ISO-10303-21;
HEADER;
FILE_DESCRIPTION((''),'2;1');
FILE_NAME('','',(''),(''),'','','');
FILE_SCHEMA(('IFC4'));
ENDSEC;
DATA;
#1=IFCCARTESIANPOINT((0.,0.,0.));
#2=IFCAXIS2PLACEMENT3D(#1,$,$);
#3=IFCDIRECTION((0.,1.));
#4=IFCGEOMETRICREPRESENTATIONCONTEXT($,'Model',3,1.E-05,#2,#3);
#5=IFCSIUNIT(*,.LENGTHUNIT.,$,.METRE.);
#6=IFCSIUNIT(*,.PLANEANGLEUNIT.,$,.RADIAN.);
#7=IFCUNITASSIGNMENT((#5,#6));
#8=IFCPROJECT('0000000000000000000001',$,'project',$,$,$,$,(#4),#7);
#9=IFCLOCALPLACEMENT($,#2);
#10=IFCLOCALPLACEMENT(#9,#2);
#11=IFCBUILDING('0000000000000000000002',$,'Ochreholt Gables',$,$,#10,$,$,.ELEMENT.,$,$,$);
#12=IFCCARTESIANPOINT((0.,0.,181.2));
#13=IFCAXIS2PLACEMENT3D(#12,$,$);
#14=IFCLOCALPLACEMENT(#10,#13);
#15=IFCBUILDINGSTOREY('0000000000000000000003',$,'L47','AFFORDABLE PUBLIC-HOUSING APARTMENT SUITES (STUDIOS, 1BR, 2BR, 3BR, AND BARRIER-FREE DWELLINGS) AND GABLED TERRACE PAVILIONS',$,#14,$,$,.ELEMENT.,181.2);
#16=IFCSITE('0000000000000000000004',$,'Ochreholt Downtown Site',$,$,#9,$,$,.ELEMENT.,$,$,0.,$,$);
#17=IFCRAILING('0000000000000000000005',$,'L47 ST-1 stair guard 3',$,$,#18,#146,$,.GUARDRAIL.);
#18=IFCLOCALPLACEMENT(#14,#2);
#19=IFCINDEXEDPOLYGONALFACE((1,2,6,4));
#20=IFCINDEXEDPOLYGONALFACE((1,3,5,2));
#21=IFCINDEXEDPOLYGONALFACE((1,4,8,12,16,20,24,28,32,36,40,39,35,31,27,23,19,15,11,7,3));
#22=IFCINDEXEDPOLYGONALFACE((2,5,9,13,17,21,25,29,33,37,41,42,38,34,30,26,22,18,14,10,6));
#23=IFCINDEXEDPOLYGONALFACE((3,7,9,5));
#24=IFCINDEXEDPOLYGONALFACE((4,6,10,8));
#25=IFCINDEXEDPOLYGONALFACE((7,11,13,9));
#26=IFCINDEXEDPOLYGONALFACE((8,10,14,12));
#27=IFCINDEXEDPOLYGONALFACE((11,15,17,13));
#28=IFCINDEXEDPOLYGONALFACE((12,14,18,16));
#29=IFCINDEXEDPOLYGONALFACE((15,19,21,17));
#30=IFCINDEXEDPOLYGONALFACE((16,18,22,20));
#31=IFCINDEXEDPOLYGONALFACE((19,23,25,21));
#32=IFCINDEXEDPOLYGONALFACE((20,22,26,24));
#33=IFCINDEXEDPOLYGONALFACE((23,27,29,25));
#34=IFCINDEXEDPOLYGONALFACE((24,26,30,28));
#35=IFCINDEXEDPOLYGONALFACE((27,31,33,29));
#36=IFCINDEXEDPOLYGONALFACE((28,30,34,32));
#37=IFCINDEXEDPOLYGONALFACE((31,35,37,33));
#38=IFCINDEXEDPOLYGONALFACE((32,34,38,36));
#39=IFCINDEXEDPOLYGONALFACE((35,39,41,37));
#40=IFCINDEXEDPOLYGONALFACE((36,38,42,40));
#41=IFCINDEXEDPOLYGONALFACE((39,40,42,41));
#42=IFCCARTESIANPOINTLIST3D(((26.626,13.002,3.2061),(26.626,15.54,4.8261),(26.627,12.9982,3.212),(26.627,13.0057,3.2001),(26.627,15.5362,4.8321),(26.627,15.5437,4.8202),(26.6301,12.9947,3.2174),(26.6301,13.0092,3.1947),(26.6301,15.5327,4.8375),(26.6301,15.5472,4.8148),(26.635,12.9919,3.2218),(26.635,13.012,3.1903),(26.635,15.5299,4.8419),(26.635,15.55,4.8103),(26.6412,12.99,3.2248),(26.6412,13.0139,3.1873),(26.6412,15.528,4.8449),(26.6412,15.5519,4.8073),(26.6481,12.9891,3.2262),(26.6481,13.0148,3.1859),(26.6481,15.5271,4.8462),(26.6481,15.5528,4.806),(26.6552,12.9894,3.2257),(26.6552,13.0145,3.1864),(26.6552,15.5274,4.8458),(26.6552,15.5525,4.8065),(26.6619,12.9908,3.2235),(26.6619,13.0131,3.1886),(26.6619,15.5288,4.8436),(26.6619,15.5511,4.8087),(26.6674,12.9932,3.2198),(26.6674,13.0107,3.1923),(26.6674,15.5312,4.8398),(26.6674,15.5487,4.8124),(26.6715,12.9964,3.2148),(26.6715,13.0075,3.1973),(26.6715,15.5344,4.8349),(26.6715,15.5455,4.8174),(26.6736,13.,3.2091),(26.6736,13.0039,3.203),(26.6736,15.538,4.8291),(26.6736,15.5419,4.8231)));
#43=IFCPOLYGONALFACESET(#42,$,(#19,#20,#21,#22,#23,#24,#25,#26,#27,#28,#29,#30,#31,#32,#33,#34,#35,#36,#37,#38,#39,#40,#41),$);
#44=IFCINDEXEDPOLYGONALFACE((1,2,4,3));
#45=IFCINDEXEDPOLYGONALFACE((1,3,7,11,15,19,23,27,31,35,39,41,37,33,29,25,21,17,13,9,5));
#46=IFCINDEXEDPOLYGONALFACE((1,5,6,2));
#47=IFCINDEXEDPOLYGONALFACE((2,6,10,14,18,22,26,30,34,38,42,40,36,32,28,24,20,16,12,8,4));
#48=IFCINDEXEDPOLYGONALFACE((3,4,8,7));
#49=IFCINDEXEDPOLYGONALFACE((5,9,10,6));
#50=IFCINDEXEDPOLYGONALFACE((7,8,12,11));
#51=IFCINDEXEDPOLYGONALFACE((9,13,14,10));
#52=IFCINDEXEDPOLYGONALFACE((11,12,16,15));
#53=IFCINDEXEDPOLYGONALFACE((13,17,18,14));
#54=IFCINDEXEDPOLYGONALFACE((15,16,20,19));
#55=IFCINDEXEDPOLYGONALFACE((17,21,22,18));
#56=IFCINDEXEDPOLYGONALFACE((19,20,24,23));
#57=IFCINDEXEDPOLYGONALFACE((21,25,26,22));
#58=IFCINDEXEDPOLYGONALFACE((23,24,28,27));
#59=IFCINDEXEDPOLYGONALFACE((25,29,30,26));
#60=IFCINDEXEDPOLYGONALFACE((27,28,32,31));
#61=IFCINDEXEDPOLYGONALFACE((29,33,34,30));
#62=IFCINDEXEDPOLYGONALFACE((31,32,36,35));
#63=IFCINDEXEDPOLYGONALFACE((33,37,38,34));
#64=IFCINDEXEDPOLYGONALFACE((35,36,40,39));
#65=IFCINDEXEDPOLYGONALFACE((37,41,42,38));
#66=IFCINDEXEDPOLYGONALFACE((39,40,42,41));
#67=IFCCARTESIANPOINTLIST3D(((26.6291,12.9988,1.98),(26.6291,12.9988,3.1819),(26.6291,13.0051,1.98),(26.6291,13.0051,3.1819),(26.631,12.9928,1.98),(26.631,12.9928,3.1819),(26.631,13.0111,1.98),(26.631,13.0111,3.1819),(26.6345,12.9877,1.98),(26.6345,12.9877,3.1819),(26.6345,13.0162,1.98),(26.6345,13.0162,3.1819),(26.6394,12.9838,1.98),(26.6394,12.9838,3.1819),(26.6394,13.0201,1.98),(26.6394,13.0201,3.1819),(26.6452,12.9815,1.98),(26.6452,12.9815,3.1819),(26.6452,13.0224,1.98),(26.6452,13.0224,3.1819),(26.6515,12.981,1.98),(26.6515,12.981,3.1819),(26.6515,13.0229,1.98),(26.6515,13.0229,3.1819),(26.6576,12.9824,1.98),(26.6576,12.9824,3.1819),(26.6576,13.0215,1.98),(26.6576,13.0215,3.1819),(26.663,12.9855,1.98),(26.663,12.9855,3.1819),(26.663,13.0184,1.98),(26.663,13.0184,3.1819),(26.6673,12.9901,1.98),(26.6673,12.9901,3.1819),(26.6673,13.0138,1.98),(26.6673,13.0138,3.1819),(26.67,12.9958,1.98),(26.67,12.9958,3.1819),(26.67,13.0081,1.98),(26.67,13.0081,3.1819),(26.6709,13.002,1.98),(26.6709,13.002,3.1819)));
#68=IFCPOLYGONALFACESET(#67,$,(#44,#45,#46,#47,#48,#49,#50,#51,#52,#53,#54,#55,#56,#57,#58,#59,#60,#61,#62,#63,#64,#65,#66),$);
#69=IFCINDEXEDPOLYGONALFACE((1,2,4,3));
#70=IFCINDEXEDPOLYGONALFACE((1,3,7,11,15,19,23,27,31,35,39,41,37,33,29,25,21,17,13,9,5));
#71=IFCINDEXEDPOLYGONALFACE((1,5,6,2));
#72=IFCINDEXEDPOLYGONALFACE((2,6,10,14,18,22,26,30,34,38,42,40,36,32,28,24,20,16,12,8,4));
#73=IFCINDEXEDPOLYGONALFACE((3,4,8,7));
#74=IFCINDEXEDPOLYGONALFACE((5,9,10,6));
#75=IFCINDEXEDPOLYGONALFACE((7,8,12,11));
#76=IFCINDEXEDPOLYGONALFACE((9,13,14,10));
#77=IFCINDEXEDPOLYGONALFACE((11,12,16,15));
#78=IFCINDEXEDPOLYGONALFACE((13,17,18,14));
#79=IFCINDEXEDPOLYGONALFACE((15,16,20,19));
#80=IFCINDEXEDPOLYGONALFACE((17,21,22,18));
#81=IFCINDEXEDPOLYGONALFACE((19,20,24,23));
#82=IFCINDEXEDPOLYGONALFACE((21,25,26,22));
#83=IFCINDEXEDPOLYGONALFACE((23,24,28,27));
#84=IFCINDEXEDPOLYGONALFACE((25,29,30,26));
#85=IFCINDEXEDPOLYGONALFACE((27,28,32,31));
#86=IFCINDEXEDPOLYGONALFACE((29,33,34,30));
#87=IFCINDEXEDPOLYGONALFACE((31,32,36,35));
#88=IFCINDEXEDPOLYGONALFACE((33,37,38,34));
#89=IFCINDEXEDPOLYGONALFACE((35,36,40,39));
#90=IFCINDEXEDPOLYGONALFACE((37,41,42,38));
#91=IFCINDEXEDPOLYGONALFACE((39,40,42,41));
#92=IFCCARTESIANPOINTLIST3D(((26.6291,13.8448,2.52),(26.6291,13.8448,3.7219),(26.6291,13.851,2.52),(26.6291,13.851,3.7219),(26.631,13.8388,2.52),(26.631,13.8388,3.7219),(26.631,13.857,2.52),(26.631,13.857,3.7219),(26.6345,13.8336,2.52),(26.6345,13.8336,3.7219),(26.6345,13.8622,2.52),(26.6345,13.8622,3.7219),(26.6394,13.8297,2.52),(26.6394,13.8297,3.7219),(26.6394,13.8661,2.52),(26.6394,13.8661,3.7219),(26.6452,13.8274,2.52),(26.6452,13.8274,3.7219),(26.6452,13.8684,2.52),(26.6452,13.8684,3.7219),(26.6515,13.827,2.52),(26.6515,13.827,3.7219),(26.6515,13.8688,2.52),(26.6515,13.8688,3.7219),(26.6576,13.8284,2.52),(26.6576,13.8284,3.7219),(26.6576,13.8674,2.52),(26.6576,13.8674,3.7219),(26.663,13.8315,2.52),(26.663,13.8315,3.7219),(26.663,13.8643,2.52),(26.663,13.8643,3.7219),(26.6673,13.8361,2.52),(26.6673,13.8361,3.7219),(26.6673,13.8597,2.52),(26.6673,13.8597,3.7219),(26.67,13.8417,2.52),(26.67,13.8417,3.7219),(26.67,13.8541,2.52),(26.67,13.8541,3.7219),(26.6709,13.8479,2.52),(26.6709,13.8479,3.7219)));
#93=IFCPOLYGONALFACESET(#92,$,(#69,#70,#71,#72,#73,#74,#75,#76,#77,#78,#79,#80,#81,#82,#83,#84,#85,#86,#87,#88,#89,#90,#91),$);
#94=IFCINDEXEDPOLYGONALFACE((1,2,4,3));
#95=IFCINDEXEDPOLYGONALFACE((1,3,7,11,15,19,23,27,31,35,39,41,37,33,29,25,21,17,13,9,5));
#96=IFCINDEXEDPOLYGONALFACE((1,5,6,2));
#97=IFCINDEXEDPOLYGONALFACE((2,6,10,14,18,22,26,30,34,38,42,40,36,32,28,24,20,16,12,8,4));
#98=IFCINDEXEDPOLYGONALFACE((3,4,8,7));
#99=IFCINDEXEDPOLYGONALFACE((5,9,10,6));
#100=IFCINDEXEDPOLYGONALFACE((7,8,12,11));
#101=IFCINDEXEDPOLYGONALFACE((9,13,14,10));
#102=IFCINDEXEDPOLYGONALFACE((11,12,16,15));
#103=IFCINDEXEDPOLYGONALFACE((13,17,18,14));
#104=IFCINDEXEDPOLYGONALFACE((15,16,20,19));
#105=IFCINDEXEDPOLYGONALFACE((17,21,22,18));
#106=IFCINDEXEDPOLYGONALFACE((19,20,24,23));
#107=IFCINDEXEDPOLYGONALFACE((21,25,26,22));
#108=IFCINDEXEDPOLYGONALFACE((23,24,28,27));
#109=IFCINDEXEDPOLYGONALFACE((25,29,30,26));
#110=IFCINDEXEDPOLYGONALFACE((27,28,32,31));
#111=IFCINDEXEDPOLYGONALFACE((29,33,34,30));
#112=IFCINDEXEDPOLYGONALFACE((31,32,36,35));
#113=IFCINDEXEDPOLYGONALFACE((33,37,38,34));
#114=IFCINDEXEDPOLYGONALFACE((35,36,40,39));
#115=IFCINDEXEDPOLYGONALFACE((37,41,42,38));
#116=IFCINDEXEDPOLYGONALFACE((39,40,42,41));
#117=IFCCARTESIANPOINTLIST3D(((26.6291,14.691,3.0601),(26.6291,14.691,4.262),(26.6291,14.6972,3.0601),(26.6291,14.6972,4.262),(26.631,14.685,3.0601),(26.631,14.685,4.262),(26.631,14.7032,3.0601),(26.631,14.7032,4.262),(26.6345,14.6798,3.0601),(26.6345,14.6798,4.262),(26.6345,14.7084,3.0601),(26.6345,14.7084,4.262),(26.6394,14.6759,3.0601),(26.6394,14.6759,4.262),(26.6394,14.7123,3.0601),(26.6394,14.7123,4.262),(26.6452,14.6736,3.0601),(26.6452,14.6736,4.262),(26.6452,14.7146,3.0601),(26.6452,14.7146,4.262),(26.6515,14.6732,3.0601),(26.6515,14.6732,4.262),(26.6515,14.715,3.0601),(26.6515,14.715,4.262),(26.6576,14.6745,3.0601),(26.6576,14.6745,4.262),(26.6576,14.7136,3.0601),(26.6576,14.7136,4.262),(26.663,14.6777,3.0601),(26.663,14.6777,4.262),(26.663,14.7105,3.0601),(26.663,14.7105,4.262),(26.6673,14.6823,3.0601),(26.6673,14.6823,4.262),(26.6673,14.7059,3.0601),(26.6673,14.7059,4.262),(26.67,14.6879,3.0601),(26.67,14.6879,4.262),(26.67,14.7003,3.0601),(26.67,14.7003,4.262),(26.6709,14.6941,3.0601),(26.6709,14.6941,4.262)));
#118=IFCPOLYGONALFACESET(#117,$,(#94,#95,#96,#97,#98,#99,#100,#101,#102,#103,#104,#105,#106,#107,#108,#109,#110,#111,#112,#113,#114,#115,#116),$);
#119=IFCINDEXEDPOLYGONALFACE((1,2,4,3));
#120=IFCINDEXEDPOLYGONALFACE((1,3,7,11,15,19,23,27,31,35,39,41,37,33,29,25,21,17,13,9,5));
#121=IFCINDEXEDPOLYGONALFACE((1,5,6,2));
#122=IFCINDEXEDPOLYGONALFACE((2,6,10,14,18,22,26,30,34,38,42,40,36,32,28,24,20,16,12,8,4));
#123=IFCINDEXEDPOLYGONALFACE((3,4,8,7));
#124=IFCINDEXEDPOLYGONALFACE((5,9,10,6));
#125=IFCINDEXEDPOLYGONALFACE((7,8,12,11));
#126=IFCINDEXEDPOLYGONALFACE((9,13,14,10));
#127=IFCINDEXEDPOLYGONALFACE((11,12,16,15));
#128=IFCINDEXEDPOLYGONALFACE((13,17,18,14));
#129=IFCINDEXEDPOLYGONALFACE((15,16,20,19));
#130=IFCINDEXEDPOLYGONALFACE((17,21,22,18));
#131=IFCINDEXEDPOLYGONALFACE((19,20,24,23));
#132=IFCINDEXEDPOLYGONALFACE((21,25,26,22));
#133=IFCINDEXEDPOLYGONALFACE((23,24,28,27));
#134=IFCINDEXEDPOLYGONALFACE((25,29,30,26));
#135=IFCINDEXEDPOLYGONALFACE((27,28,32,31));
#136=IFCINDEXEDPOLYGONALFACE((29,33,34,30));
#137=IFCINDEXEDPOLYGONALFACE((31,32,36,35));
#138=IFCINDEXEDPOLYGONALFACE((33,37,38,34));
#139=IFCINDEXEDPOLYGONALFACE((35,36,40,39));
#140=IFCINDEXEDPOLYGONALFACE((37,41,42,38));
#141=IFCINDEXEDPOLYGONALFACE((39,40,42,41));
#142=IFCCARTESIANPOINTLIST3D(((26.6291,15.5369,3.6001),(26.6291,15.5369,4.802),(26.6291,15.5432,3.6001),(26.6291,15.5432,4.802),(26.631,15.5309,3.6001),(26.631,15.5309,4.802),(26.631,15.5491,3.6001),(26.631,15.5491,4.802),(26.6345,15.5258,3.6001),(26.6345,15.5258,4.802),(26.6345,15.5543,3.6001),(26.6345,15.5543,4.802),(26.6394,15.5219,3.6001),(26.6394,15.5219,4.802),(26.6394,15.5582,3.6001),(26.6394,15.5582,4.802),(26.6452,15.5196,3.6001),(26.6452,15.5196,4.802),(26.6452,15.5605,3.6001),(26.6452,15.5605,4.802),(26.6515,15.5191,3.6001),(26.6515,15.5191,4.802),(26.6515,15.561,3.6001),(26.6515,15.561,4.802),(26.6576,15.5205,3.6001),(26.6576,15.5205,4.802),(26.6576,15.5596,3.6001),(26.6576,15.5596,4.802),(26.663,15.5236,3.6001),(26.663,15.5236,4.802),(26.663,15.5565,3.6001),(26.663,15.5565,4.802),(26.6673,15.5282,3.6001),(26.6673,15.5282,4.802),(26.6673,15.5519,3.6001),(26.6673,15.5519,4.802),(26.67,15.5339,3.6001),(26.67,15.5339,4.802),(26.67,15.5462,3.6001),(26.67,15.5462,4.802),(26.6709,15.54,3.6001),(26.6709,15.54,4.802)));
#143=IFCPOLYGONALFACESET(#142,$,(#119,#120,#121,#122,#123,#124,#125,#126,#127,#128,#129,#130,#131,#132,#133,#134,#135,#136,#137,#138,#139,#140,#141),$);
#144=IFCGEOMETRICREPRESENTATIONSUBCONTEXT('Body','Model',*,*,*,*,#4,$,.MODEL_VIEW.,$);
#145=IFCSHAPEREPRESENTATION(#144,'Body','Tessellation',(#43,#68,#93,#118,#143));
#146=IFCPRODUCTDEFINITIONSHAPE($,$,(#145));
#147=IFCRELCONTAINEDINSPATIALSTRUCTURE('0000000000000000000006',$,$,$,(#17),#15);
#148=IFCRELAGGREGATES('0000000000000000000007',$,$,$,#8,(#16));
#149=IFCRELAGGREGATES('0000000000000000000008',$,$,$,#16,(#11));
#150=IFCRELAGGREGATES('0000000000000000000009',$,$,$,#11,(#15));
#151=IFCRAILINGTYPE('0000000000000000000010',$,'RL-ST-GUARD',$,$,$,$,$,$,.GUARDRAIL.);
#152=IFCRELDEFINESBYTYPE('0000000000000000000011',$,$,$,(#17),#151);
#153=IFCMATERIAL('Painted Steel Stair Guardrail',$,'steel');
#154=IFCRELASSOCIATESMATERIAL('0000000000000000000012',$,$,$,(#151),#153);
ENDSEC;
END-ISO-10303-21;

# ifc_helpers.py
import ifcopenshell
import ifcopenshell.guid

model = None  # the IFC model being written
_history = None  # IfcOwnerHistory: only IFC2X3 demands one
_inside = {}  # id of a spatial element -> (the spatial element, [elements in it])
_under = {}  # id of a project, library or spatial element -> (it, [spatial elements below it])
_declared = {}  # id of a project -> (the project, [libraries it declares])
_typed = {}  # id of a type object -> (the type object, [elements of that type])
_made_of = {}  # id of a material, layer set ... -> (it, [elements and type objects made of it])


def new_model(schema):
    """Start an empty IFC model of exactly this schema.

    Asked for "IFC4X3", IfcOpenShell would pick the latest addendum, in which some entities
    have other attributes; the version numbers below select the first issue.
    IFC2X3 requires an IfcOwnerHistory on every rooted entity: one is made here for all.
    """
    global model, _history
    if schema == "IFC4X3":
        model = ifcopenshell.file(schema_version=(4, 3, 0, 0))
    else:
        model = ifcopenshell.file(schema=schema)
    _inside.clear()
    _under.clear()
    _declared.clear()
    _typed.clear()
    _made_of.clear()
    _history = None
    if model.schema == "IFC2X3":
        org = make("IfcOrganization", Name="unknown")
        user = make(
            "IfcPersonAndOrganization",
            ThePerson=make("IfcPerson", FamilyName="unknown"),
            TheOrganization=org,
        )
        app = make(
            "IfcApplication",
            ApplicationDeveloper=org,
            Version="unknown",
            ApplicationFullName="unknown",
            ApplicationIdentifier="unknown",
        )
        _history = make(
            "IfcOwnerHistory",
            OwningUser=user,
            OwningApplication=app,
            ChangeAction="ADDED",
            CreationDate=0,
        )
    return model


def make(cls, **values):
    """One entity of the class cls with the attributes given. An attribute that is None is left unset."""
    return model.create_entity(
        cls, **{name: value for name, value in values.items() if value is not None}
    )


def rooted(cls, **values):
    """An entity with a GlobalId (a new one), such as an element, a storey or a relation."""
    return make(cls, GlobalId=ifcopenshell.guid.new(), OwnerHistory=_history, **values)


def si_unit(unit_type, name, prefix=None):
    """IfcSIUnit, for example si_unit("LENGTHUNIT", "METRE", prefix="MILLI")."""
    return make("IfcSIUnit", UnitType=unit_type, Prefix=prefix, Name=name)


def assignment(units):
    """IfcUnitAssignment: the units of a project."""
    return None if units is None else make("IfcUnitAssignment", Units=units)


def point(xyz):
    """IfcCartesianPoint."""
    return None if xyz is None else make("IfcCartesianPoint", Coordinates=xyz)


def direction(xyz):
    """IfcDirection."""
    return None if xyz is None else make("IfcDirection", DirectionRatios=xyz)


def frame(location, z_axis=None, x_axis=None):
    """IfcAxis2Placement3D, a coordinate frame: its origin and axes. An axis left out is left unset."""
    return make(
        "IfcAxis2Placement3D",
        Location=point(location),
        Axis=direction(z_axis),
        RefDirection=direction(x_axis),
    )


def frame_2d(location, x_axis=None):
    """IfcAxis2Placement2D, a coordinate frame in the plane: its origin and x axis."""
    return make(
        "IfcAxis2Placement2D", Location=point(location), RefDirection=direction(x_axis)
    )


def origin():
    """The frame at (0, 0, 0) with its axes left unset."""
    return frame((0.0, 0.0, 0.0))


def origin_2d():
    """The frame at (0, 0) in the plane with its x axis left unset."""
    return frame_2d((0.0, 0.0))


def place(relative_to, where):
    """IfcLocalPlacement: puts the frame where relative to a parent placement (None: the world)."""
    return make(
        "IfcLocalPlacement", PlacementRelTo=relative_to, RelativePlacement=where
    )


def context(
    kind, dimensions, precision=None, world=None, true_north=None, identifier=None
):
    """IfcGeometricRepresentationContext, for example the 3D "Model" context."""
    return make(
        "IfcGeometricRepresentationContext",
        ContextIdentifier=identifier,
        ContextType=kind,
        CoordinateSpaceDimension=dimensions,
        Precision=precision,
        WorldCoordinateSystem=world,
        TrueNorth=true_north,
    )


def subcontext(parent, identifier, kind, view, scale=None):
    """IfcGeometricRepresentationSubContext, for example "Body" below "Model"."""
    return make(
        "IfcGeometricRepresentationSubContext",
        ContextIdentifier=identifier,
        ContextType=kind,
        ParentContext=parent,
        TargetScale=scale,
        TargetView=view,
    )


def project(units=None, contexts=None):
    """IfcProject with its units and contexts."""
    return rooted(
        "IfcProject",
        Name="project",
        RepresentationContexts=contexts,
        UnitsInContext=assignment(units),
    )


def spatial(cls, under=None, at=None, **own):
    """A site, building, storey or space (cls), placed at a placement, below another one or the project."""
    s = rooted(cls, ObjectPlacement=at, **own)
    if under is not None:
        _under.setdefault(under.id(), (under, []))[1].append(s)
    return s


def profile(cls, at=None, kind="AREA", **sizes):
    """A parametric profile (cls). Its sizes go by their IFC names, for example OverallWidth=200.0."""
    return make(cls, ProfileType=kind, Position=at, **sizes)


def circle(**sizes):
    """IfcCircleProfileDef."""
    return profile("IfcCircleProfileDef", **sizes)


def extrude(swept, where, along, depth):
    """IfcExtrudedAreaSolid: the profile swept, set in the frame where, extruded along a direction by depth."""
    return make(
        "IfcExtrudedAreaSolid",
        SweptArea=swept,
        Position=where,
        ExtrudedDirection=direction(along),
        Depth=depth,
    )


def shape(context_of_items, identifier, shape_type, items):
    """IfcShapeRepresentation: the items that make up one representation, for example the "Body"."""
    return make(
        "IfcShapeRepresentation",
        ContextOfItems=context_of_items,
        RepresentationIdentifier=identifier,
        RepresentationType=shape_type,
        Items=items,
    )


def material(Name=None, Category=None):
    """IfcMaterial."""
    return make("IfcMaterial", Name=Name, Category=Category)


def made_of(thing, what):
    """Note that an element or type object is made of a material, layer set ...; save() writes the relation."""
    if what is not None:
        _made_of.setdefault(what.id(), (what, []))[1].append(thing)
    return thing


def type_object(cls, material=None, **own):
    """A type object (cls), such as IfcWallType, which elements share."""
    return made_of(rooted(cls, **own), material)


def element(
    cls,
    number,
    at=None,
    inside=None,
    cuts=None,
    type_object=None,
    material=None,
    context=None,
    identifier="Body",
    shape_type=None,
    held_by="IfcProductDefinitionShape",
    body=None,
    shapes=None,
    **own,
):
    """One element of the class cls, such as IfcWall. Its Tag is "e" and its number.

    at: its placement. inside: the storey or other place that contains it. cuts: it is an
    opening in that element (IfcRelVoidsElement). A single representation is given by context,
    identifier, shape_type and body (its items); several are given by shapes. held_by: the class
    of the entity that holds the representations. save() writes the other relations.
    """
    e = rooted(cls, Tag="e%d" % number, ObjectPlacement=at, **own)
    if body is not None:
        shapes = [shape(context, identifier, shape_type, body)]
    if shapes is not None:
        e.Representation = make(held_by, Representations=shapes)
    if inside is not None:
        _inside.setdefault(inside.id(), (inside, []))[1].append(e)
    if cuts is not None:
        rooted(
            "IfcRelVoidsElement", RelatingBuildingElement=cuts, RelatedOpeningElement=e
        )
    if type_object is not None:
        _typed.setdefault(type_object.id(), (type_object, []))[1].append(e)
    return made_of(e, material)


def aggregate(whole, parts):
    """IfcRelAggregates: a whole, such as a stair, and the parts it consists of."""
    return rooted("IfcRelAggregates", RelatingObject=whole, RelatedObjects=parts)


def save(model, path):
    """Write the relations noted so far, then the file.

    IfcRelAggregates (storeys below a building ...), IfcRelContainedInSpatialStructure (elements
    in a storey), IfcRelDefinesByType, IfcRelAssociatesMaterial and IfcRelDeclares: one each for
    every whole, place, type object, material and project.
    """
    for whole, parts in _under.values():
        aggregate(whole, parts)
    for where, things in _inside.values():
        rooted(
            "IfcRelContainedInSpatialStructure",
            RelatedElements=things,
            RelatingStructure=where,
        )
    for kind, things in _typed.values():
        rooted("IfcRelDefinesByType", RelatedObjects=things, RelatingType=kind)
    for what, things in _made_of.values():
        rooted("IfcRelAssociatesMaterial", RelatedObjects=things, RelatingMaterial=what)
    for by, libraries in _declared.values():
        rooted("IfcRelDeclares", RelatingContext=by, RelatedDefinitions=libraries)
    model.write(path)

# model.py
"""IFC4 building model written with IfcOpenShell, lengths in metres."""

from ifc_helpers import new_model, si_unit, direction, frame, origin, origin_2d, place, context, subcontext, project, spatial, circle, extrude, material, type_object, element, save


model = new_model("IFC4")

# Units and contexts
model_context = context("Model", 3, precision=1e-05, world=origin(), true_north=direction((0.0, 1.0)))
body_context = subcontext(model_context, "Body", "Model", "MODEL_VIEW")
ifc_project = project(units=[si_unit("LENGTHUNIT", "METRE"), si_unit("PLANEANGLEUNIT", "RADIAN")], contexts=[model_context])

# Site, building, storey
site_placement = place(None, origin())
site = spatial("IfcSite", under=ifc_project, at=site_placement, Name="Ochreholt Downtown Site", CompositionType="ELEMENT", RefElevation=0.0)
building_placement = place(site_placement, origin())
building = spatial("IfcBuilding", under=site, at=building_placement, Name="Ochreholt Gables", CompositionType="ELEMENT")
storey_placement = place(building_placement, frame((0.0, 0.0, 181.2)))
storey = spatial("IfcBuildingStorey", under=building, at=storey_placement, Name="L47", Description="AFFORDABLE PUBLIC-HOUSING APARTMENT SUITES (STUDIOS, 1BR, 2BR, 3BR, AND BARRIER-FREE DWELLINGS) AND GABLED TERRACE PAVILIONS", CompositionType="ELEMENT", Elevation=181.2)

# Railing
ifc_material_1 = material(Name="Painted Steel Stair Guardrail", Category="steel")
railing_type_1 = type_object("IfcRailingType", Name="RL-ST-GUARD", PredefinedType="GUARDRAIL", material=ifc_material_1)
railing_1_placement = place(storey_placement, frame((26.6499, 13.002, 1.98)))
element("IfcRailing", 1, at=railing_1_placement, inside=storey, type_object=railing_type_1, Name="L47 ST-1 stair guard 3", PredefinedType="GUARDRAIL", context=body_context, shape_type="SweptSolid", body=[
    extrude(circle(Radius=0.0239, at=origin_2d()), frame((0.0, 0.0, 1.2261), z_axis=(0.0, 0.842913, 0.53805), x_axis=(-1.0, 0.0, 0.0)), (0.0, 0.0, 1.0), 3.011),
    extrude(circle(Radius=0.021, at=origin_2d()), origin(), (0.0, 0.0, 1.0), 1.2019),
    extrude(circle(Radius=0.021, at=origin_2d()), frame((0.0, 0.8459, 0.54)), (0.0, 0.0, 1.0), 1.2019),
    extrude(circle(Radius=0.021, at=origin_2d()), frame((0.0, 1.6921, 1.0801)), (0.0, 0.0, 1.0), 1.2019),
    extrude(circle(Radius=0.021, at=origin_2d()), frame((0.0, 2.5381, 1.6201)), (0.0, 0.0, 1.0), 1.2019),
])

save(model, "model.ifc")
